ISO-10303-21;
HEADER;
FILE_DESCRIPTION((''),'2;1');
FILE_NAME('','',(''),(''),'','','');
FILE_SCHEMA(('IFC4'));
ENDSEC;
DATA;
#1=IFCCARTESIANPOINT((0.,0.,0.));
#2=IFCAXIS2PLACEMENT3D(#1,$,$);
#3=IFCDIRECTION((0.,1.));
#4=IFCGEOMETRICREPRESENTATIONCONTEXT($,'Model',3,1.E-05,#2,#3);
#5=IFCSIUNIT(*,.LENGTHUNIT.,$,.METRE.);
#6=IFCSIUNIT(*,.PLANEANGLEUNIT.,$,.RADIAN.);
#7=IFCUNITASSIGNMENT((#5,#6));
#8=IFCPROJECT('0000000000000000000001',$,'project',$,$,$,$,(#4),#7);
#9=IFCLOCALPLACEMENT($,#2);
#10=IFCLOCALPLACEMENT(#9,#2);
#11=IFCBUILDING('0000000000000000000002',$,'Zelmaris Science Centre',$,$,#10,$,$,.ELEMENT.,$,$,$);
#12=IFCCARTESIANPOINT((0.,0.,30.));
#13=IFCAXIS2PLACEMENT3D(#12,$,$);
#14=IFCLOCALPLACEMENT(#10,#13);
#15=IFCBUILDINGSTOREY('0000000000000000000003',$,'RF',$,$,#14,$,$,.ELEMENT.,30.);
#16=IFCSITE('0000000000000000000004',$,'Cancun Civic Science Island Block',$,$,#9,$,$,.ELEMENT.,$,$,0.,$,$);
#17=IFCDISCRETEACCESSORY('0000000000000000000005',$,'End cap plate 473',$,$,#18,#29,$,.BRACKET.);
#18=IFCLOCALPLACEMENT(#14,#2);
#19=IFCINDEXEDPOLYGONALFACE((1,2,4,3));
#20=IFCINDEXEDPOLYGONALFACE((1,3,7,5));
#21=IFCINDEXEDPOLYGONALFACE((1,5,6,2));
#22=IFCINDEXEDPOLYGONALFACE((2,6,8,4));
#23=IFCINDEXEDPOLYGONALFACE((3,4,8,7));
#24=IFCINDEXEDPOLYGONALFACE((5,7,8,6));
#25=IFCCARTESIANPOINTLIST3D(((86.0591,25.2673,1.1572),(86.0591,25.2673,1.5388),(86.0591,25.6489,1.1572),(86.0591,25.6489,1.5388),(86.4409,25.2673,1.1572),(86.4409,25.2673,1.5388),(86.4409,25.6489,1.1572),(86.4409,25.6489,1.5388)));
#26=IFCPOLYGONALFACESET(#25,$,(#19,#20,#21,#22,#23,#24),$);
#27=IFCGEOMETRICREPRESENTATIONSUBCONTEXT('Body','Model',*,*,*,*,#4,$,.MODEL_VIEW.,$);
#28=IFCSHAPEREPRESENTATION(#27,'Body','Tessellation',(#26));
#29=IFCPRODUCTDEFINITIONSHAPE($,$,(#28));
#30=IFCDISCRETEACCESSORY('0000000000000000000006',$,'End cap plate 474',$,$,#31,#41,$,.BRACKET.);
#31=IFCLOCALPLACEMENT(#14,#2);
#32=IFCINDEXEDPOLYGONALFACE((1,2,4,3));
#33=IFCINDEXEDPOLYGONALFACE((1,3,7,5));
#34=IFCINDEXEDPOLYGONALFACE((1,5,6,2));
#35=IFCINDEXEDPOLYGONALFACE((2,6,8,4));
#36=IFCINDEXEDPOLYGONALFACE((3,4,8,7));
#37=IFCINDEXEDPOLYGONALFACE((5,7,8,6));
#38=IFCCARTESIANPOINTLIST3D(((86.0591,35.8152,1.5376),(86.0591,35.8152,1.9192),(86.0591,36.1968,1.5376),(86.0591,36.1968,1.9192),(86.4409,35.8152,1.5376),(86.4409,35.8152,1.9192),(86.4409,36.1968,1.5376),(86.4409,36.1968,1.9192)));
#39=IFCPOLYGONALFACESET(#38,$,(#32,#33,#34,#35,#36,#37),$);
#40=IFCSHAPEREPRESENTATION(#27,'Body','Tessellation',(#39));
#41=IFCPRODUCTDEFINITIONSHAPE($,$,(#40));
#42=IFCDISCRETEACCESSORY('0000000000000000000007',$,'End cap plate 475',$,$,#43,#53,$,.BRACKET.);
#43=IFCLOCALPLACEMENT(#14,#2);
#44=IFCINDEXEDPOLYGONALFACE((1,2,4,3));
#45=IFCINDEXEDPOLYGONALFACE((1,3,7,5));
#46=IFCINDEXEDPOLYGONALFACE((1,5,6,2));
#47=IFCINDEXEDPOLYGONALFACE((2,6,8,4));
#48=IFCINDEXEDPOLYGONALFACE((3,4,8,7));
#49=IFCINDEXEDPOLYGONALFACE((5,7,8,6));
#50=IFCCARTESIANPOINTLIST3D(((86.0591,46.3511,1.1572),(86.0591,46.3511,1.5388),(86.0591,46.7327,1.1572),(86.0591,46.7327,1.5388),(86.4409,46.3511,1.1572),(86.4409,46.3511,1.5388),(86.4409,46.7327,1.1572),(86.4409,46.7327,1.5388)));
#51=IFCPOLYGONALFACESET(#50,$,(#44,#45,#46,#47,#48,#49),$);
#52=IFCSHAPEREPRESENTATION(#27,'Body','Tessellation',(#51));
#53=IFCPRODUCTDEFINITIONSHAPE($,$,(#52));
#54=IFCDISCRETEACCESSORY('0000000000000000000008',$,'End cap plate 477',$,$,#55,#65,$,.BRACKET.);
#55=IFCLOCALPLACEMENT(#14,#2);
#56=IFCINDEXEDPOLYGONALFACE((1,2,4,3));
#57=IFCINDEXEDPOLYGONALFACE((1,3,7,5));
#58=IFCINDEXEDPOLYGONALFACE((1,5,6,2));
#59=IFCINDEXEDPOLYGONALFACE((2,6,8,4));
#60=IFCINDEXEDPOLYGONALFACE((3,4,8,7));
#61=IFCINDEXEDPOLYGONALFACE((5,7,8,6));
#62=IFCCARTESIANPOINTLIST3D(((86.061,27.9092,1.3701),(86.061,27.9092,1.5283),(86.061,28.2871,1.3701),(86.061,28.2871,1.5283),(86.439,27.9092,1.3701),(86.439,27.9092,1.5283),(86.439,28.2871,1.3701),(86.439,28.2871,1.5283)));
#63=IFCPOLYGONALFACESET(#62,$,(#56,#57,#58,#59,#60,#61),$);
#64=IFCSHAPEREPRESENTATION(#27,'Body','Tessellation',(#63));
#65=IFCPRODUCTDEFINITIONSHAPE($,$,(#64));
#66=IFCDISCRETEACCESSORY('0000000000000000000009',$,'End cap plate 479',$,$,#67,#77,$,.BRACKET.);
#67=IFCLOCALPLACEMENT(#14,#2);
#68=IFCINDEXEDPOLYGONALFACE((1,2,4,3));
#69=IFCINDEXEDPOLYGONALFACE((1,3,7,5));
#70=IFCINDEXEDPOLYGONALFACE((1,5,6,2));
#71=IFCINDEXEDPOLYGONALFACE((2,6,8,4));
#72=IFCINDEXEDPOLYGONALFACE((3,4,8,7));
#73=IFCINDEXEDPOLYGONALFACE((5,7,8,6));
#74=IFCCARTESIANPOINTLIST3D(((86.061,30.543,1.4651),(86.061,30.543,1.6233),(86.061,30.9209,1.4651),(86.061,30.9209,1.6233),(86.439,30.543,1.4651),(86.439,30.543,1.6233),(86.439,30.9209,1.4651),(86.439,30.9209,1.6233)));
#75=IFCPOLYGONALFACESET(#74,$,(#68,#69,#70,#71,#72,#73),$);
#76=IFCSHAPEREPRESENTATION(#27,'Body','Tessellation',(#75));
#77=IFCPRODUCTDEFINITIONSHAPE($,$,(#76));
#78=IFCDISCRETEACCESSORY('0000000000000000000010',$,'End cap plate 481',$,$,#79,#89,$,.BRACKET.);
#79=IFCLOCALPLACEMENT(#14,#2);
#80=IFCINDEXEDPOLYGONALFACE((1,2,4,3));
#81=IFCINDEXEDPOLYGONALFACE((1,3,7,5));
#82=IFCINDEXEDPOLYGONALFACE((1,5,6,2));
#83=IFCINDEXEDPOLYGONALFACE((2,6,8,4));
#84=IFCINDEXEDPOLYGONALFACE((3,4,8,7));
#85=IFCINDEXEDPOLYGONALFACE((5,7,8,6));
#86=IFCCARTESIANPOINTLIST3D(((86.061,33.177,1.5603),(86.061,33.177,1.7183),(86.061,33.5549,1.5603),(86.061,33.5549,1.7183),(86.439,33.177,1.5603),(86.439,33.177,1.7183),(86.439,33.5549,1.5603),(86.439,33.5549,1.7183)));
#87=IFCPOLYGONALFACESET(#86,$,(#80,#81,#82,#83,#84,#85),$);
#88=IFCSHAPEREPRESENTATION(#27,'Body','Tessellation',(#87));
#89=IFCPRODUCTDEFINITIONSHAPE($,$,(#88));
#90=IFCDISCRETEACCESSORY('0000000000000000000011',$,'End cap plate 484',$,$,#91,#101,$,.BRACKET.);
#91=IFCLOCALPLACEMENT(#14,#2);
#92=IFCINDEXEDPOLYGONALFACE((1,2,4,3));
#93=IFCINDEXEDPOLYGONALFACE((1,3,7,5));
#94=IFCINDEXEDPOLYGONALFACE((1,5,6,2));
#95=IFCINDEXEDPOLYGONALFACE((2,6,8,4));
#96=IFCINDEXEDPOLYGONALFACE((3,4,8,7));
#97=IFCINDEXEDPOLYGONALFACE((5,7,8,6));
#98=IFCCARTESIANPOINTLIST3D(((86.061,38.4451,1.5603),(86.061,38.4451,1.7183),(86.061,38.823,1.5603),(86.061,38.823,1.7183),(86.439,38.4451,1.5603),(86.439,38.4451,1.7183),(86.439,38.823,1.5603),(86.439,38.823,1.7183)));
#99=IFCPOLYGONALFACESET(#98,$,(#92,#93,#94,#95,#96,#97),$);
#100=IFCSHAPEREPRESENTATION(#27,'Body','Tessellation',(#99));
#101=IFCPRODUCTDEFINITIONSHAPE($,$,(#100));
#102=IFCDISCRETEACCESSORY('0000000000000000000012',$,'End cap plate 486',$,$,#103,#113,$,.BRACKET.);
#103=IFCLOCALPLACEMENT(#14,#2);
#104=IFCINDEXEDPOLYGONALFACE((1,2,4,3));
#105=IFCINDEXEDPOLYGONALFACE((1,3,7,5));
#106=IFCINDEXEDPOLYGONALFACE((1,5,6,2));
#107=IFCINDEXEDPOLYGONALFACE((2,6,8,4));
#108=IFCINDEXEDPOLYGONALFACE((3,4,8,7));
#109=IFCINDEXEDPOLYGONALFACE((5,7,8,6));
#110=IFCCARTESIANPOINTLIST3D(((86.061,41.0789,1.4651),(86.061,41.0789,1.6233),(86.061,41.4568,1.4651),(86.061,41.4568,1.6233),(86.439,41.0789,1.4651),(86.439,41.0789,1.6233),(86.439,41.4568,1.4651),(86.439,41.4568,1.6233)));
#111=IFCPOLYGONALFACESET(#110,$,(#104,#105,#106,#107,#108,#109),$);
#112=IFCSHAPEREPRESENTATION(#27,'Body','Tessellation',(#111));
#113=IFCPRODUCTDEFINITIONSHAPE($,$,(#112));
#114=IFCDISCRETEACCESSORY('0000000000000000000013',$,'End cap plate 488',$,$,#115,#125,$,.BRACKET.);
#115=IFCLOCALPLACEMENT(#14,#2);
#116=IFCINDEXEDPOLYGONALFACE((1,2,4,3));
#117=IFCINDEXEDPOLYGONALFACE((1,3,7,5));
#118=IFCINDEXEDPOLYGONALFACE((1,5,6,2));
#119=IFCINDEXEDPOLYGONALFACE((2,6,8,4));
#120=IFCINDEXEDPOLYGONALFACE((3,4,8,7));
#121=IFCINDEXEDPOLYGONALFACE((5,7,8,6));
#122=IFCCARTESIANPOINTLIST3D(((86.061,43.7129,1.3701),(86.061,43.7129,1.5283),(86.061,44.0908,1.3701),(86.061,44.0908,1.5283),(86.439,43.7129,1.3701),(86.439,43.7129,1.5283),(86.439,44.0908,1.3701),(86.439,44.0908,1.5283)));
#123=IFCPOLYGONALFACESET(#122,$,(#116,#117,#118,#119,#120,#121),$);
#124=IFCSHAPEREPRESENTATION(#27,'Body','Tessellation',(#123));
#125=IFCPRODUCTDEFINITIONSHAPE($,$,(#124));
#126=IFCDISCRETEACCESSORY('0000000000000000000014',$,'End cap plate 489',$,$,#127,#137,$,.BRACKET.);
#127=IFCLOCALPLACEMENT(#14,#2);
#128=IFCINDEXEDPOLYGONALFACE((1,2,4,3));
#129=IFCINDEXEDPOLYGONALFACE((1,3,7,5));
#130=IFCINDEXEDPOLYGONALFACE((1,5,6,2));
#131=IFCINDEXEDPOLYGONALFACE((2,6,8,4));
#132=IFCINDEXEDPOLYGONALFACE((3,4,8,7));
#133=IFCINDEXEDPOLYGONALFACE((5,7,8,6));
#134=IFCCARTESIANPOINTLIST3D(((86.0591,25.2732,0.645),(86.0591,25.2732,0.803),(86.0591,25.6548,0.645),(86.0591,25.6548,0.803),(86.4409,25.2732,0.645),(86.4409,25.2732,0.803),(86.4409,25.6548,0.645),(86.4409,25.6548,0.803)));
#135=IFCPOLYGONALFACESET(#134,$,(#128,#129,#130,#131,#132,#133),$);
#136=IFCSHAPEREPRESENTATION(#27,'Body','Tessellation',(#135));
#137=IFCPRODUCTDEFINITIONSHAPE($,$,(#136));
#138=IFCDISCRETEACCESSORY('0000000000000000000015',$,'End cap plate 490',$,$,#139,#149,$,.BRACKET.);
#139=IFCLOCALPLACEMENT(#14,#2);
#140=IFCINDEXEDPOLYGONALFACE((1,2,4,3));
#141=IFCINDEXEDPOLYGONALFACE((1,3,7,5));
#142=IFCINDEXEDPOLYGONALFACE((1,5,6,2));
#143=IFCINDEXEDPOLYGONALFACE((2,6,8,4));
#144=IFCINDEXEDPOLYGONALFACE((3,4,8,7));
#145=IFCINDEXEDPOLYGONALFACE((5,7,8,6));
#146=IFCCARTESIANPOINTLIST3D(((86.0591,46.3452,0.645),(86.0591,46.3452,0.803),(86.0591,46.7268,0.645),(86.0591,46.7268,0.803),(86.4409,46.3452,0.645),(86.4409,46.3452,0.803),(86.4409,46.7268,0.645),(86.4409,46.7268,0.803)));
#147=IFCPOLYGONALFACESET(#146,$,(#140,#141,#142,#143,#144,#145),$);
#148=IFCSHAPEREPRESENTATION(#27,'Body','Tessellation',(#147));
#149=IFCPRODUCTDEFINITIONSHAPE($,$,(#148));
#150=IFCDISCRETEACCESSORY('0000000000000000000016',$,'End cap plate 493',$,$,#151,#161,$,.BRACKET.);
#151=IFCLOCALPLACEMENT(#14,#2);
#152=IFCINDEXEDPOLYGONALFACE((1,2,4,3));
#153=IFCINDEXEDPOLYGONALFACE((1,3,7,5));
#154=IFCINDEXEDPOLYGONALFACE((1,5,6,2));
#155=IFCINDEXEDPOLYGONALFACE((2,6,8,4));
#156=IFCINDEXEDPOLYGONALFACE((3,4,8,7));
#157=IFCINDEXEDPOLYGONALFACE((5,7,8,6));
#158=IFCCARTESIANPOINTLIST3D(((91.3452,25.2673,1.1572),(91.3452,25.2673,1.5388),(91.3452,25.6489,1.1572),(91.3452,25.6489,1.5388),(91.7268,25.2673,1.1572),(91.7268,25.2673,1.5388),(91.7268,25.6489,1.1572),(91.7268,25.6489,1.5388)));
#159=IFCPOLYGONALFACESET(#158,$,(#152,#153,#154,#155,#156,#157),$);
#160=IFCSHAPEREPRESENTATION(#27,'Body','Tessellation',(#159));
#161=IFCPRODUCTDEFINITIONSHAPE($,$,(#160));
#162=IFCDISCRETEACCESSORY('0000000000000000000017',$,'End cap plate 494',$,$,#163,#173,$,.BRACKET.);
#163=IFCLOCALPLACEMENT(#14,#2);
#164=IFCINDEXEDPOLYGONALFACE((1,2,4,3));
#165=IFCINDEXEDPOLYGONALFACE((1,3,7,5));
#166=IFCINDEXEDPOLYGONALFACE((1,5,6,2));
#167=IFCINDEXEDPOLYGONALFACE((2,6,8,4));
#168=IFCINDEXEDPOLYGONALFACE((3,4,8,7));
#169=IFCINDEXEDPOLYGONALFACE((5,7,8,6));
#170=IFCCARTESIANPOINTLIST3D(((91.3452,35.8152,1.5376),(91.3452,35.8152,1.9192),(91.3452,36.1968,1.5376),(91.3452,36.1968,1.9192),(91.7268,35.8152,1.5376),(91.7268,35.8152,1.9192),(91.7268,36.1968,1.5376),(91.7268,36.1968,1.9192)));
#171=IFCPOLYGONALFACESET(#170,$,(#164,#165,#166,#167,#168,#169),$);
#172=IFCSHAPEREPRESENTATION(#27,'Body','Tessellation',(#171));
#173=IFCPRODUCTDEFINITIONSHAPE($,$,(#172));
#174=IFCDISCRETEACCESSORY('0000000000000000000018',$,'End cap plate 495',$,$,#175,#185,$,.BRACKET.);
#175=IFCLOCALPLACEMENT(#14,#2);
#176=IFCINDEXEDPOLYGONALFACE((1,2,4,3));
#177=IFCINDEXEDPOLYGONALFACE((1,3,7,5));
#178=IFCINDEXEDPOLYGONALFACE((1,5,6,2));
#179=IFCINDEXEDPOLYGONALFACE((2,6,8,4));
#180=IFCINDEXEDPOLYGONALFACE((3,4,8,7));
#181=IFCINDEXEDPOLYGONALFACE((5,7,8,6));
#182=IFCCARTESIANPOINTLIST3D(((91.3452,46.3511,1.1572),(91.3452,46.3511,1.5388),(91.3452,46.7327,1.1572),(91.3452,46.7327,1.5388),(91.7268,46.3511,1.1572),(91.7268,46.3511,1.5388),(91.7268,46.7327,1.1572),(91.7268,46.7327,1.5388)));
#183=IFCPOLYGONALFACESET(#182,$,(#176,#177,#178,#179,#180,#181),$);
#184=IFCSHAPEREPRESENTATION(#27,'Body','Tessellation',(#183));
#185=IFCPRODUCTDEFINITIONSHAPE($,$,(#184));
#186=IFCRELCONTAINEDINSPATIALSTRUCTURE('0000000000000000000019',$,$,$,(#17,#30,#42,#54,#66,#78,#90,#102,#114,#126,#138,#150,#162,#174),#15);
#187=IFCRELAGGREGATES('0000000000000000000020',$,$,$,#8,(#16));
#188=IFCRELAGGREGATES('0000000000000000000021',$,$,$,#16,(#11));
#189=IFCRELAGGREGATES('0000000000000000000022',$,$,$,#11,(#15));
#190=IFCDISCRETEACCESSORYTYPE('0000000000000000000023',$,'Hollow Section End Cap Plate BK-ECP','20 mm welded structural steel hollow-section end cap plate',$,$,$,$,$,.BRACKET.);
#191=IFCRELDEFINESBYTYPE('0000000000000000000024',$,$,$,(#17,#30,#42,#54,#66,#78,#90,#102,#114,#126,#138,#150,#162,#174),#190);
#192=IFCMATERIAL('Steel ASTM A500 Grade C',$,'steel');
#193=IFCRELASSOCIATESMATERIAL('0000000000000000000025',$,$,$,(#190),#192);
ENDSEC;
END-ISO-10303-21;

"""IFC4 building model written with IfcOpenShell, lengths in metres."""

from ifc_helpers import new_model, si_unit, direction, frame, origin, place, context, subcontext, project, spatial, polyline, outline, extrude, material, type_object, element, save


model = new_model("IFC4")

# Units and contexts
model_context = context("Model", 3, precision=1e-05, world=origin(), true_north=direction((0.0, 1.0)))
body_context = subcontext(model_context, "Body", "Model", "MODEL_VIEW")
ifc_project = project(units=[si_unit("LENGTHUNIT", "METRE"), si_unit("PLANEANGLEUNIT", "RADIAN")], contexts=[model_context])

# Site, building, storey
site_placement = place(None, origin())
site = spatial("IfcSite", under=ifc_project, at=site_placement, Name="Cancun Civic Science Island Block", CompositionType="ELEMENT", RefElevation=0.0)
building_placement = place(site_placement, origin())
building = spatial("IfcBuilding", under=site, at=building_placement, Name="Zelmaris Science Centre", CompositionType="ELEMENT")
storey_placement = place(building_placement, frame((0.0, 0.0, 30.0)))
storey = spatial("IfcBuildingStorey", under=building, at=storey_placement, Name="RF", CompositionType="ELEMENT", Elevation=30.0)

# Discrete accessories
ifc_material = material(Name="Steel ASTM A500 Grade C", Category="steel")
discrete_accessory_type = type_object("IfcDiscreteAccessoryType", Name="Hollow Section End Cap Plate BK-ECP", Description="20 mm welded structural steel hollow-section end cap plate", PredefinedType="BRACKET", material=ifc_material)
discrete_accessory_1_placement = place(storey_placement, frame((0.0, 0.0, 1.1572)))
element("IfcDiscreteAccessory", 1, at=discrete_accessory_1_placement, inside=storey, type_object=discrete_accessory_type, Name="End cap plate 473", PredefinedType="BRACKET", context=body_context, shape_type="SweptSolid", body=[
    extrude(outline(polyline([(86.0591, 25.2673), (86.4409, 25.2673), (86.4409, 25.6489), (86.0591, 25.6489), (86.0591, 25.2673)])), origin(), (0.0, 0.0, 1.0), 0.3816),
])
discrete_accessory_2_placement = place(storey_placement, frame((0.0, 0.0, 1.5376)))
element("IfcDiscreteAccessory", 2, at=discrete_accessory_2_placement, inside=storey, type_object=discrete_accessory_type, Name="End cap plate 474", PredefinedType="BRACKET", context=body_context, shape_type="SweptSolid", body=[
    extrude(outline(polyline([(86.0591, 35.8152), (86.4409, 35.8152), (86.4409, 36.1968), (86.0591, 36.1968), (86.0591, 35.8152)])), origin(), (0.0, 0.0, 1.0), 0.3816),
])
discrete_accessory_3_placement = place(storey_placement, frame((0.0, 0.0, 1.1572)))
element("IfcDiscreteAccessory", 3, at=discrete_accessory_3_placement, inside=storey, type_object=discrete_accessory_type, Name="End cap plate 475", PredefinedType="BRACKET", context=body_context, shape_type="SweptSolid", body=[
    extrude(outline(polyline([(86.0591, 46.3511), (86.4409, 46.3511), (86.4409, 46.7327), (86.0591, 46.7327), (86.0591, 46.3511)])), origin(), (0.0, 0.0, 1.0), 0.3816),
])
discrete_accessory_4_placement = place(storey_placement, frame((0.0, 0.0, 1.3701)))
element("IfcDiscreteAccessory", 4, at=discrete_accessory_4_placement, inside=storey, type_object=discrete_accessory_type, Name="End cap plate 477", PredefinedType="BRACKET", context=body_context, shape_type="SweptSolid", body=[
    extrude(outline(polyline([(86.061, 27.9092), (86.439, 27.9092), (86.439, 28.2871), (86.061, 28.2871), (86.061, 27.9092)])), origin(), (0.0, 0.0, 1.0), 0.1582),
])
discrete_accessory_5_placement = place(storey_placement, frame((0.0, 0.0, 1.4651)))
element("IfcDiscreteAccessory", 5, at=discrete_accessory_5_placement, inside=storey, type_object=discrete_accessory_type, Name="End cap plate 479", PredefinedType="BRACKET", context=body_context, shape_type="SweptSolid", body=[
    extrude(outline(polyline([(86.061, 30.543), (86.439, 30.543), (86.439, 30.9209), (86.061, 30.9209), (86.061, 30.543)])), origin(), (0.0, 0.0, 1.0), 0.1582),
])
discrete_accessory_6_placement = place(storey_placement, frame((0.0, 0.0, 1.5603)))
element("IfcDiscreteAccessory", 6, at=discrete_accessory_6_placement, inside=storey, type_object=discrete_accessory_type, Name="End cap plate 481", PredefinedType="BRACKET", context=body_context, shape_type="SweptSolid", body=[
    extrude(outline(polyline([(86.061, 33.177), (86.439, 33.177), (86.439, 33.5549), (86.061, 33.5549), (86.061, 33.177)])), origin(), (0.0, 0.0, 1.0), 0.158),
])
discrete_accessory_7_placement = place(storey_placement, frame((0.0, 0.0, 1.5603)))
element("IfcDiscreteAccessory", 7, at=discrete_accessory_7_placement, inside=storey, type_object=discrete_accessory_type, Name="End cap plate 484", PredefinedType="BRACKET", context=body_context, shape_type="SweptSolid", body=[
    extrude(outline(polyline([(86.061, 38.4451), (86.439, 38.4451), (86.439, 38.823), (86.061, 38.823), (86.061, 38.4451)])), origin(), (0.0, 0.0, 1.0), 0.158),
])
discrete_accessory_8_placement = place(storey_placement, frame((0.0, 0.0, 1.4651)))
element("IfcDiscreteAccessory", 8, at=discrete_accessory_8_placement, inside=storey, type_object=discrete_accessory_type, Name="End cap plate 486", PredefinedType="BRACKET", context=body_context, shape_type="SweptSolid", body=[
    extrude(outline(polyline([(86.061, 41.0789), (86.439, 41.0789), (86.439, 41.4568), (86.061, 41.4568), (86.061, 41.0789)])), origin(), (0.0, 0.0, 1.0), 0.1582),
])
discrete_accessory_9_placement = place(storey_placement, frame((0.0, 0.0, 1.3701)))
element("IfcDiscreteAccessory", 9, at=discrete_accessory_9_placement, inside=storey, type_object=discrete_accessory_type, Name="End cap plate 488", PredefinedType="BRACKET", context=body_context, shape_type="SweptSolid", body=[
    extrude(outline(polyline([(86.061, 43.7129), (86.439, 43.7129), (86.439, 44.0908), (86.061, 44.0908), (86.061, 43.7129)])), origin(), (0.0, 0.0, 1.0), 0.1582),
])
discrete_accessory_10_placement = place(storey_placement, frame((0.0, 0.0, 0.645)))
element("IfcDiscreteAccessory", 10, at=discrete_accessory_10_placement, inside=storey, type_object=discrete_accessory_type, Name="End cap plate 489", PredefinedType="BRACKET", context=body_context, shape_type="SweptSolid", body=[
    extrude(outline(polyline([(86.0591, 25.2732), (86.4409, 25.2732), (86.4409, 25.6548), (86.0591, 25.6548), (86.0591, 25.2732)])), origin(), (0.0, 0.0, 1.0), 0.158),
])
discrete_accessory_11_placement = place(storey_placement, frame((0.0, 0.0, 0.645)))
element("IfcDiscreteAccessory", 11, at=discrete_accessory_11_placement, inside=storey, type_object=discrete_accessory_type, Name="End cap plate 490", PredefinedType="BRACKET", context=body_context, shape_type="SweptSolid", body=[
    extrude(outline(polyline([(86.0591, 46.3452), (86.4409, 46.3452), (86.4409, 46.7268), (86.0591, 46.7268), (86.0591, 46.3452)])), origin(), (0.0, 0.0, 1.0), 0.158),
])
discrete_accessory_12_placement = place(storey_placement, frame((0.0, 0.0, 1.1572)))
element("IfcDiscreteAccessory", 12, at=discrete_accessory_12_placement, inside=storey, type_object=discrete_accessory_type, Name="End cap plate 493", PredefinedType="BRACKET", context=body_context, shape_type="SweptSolid", body=[
    extrude(outline(polyline([(91.3452, 25.2673), (91.7268, 25.2673), (91.7268, 25.6489), (91.3452, 25.6489), (91.3452, 25.2673)])), origin(), (0.0, 0.0, 1.0), 0.3816),
])
discrete_accessory_13_placement = place(storey_placement, frame((0.0, 0.0, 1.5376)))
element("IfcDiscreteAccessory", 13, at=discrete_accessory_13_placement, inside=storey, type_object=discrete_accessory_type, Name="End cap plate 494", PredefinedType="BRACKET", context=body_context, shape_type="SweptSolid", body=[
    extrude(outline(polyline([(91.3452, 35.8152), (91.7268, 35.8152), (91.7268, 36.1968), (91.3452, 36.1968), (91.3452, 35.8152)])), origin(), (0.0, 0.0, 1.0), 0.3816),
])
discrete_accessory_14_placement = place(storey_placement, frame((0.0, 0.0, 1.1572)))
element("IfcDiscreteAccessory", 14, at=discrete_accessory_14_placement, inside=storey, type_object=discrete_accessory_type, Name="End cap plate 495", PredefinedType="BRACKET", context=body_context, shape_type="SweptSolid", body=[
    extrude(outline(polyline([(91.3452, 46.3511), (91.7268, 46.3511), (91.7268, 46.7327), (91.3452, 46.7327), (91.3452, 46.3511)])), origin(), (0.0, 0.0, 1.0), 0.3816),
])

save(model, "model.ifc")
